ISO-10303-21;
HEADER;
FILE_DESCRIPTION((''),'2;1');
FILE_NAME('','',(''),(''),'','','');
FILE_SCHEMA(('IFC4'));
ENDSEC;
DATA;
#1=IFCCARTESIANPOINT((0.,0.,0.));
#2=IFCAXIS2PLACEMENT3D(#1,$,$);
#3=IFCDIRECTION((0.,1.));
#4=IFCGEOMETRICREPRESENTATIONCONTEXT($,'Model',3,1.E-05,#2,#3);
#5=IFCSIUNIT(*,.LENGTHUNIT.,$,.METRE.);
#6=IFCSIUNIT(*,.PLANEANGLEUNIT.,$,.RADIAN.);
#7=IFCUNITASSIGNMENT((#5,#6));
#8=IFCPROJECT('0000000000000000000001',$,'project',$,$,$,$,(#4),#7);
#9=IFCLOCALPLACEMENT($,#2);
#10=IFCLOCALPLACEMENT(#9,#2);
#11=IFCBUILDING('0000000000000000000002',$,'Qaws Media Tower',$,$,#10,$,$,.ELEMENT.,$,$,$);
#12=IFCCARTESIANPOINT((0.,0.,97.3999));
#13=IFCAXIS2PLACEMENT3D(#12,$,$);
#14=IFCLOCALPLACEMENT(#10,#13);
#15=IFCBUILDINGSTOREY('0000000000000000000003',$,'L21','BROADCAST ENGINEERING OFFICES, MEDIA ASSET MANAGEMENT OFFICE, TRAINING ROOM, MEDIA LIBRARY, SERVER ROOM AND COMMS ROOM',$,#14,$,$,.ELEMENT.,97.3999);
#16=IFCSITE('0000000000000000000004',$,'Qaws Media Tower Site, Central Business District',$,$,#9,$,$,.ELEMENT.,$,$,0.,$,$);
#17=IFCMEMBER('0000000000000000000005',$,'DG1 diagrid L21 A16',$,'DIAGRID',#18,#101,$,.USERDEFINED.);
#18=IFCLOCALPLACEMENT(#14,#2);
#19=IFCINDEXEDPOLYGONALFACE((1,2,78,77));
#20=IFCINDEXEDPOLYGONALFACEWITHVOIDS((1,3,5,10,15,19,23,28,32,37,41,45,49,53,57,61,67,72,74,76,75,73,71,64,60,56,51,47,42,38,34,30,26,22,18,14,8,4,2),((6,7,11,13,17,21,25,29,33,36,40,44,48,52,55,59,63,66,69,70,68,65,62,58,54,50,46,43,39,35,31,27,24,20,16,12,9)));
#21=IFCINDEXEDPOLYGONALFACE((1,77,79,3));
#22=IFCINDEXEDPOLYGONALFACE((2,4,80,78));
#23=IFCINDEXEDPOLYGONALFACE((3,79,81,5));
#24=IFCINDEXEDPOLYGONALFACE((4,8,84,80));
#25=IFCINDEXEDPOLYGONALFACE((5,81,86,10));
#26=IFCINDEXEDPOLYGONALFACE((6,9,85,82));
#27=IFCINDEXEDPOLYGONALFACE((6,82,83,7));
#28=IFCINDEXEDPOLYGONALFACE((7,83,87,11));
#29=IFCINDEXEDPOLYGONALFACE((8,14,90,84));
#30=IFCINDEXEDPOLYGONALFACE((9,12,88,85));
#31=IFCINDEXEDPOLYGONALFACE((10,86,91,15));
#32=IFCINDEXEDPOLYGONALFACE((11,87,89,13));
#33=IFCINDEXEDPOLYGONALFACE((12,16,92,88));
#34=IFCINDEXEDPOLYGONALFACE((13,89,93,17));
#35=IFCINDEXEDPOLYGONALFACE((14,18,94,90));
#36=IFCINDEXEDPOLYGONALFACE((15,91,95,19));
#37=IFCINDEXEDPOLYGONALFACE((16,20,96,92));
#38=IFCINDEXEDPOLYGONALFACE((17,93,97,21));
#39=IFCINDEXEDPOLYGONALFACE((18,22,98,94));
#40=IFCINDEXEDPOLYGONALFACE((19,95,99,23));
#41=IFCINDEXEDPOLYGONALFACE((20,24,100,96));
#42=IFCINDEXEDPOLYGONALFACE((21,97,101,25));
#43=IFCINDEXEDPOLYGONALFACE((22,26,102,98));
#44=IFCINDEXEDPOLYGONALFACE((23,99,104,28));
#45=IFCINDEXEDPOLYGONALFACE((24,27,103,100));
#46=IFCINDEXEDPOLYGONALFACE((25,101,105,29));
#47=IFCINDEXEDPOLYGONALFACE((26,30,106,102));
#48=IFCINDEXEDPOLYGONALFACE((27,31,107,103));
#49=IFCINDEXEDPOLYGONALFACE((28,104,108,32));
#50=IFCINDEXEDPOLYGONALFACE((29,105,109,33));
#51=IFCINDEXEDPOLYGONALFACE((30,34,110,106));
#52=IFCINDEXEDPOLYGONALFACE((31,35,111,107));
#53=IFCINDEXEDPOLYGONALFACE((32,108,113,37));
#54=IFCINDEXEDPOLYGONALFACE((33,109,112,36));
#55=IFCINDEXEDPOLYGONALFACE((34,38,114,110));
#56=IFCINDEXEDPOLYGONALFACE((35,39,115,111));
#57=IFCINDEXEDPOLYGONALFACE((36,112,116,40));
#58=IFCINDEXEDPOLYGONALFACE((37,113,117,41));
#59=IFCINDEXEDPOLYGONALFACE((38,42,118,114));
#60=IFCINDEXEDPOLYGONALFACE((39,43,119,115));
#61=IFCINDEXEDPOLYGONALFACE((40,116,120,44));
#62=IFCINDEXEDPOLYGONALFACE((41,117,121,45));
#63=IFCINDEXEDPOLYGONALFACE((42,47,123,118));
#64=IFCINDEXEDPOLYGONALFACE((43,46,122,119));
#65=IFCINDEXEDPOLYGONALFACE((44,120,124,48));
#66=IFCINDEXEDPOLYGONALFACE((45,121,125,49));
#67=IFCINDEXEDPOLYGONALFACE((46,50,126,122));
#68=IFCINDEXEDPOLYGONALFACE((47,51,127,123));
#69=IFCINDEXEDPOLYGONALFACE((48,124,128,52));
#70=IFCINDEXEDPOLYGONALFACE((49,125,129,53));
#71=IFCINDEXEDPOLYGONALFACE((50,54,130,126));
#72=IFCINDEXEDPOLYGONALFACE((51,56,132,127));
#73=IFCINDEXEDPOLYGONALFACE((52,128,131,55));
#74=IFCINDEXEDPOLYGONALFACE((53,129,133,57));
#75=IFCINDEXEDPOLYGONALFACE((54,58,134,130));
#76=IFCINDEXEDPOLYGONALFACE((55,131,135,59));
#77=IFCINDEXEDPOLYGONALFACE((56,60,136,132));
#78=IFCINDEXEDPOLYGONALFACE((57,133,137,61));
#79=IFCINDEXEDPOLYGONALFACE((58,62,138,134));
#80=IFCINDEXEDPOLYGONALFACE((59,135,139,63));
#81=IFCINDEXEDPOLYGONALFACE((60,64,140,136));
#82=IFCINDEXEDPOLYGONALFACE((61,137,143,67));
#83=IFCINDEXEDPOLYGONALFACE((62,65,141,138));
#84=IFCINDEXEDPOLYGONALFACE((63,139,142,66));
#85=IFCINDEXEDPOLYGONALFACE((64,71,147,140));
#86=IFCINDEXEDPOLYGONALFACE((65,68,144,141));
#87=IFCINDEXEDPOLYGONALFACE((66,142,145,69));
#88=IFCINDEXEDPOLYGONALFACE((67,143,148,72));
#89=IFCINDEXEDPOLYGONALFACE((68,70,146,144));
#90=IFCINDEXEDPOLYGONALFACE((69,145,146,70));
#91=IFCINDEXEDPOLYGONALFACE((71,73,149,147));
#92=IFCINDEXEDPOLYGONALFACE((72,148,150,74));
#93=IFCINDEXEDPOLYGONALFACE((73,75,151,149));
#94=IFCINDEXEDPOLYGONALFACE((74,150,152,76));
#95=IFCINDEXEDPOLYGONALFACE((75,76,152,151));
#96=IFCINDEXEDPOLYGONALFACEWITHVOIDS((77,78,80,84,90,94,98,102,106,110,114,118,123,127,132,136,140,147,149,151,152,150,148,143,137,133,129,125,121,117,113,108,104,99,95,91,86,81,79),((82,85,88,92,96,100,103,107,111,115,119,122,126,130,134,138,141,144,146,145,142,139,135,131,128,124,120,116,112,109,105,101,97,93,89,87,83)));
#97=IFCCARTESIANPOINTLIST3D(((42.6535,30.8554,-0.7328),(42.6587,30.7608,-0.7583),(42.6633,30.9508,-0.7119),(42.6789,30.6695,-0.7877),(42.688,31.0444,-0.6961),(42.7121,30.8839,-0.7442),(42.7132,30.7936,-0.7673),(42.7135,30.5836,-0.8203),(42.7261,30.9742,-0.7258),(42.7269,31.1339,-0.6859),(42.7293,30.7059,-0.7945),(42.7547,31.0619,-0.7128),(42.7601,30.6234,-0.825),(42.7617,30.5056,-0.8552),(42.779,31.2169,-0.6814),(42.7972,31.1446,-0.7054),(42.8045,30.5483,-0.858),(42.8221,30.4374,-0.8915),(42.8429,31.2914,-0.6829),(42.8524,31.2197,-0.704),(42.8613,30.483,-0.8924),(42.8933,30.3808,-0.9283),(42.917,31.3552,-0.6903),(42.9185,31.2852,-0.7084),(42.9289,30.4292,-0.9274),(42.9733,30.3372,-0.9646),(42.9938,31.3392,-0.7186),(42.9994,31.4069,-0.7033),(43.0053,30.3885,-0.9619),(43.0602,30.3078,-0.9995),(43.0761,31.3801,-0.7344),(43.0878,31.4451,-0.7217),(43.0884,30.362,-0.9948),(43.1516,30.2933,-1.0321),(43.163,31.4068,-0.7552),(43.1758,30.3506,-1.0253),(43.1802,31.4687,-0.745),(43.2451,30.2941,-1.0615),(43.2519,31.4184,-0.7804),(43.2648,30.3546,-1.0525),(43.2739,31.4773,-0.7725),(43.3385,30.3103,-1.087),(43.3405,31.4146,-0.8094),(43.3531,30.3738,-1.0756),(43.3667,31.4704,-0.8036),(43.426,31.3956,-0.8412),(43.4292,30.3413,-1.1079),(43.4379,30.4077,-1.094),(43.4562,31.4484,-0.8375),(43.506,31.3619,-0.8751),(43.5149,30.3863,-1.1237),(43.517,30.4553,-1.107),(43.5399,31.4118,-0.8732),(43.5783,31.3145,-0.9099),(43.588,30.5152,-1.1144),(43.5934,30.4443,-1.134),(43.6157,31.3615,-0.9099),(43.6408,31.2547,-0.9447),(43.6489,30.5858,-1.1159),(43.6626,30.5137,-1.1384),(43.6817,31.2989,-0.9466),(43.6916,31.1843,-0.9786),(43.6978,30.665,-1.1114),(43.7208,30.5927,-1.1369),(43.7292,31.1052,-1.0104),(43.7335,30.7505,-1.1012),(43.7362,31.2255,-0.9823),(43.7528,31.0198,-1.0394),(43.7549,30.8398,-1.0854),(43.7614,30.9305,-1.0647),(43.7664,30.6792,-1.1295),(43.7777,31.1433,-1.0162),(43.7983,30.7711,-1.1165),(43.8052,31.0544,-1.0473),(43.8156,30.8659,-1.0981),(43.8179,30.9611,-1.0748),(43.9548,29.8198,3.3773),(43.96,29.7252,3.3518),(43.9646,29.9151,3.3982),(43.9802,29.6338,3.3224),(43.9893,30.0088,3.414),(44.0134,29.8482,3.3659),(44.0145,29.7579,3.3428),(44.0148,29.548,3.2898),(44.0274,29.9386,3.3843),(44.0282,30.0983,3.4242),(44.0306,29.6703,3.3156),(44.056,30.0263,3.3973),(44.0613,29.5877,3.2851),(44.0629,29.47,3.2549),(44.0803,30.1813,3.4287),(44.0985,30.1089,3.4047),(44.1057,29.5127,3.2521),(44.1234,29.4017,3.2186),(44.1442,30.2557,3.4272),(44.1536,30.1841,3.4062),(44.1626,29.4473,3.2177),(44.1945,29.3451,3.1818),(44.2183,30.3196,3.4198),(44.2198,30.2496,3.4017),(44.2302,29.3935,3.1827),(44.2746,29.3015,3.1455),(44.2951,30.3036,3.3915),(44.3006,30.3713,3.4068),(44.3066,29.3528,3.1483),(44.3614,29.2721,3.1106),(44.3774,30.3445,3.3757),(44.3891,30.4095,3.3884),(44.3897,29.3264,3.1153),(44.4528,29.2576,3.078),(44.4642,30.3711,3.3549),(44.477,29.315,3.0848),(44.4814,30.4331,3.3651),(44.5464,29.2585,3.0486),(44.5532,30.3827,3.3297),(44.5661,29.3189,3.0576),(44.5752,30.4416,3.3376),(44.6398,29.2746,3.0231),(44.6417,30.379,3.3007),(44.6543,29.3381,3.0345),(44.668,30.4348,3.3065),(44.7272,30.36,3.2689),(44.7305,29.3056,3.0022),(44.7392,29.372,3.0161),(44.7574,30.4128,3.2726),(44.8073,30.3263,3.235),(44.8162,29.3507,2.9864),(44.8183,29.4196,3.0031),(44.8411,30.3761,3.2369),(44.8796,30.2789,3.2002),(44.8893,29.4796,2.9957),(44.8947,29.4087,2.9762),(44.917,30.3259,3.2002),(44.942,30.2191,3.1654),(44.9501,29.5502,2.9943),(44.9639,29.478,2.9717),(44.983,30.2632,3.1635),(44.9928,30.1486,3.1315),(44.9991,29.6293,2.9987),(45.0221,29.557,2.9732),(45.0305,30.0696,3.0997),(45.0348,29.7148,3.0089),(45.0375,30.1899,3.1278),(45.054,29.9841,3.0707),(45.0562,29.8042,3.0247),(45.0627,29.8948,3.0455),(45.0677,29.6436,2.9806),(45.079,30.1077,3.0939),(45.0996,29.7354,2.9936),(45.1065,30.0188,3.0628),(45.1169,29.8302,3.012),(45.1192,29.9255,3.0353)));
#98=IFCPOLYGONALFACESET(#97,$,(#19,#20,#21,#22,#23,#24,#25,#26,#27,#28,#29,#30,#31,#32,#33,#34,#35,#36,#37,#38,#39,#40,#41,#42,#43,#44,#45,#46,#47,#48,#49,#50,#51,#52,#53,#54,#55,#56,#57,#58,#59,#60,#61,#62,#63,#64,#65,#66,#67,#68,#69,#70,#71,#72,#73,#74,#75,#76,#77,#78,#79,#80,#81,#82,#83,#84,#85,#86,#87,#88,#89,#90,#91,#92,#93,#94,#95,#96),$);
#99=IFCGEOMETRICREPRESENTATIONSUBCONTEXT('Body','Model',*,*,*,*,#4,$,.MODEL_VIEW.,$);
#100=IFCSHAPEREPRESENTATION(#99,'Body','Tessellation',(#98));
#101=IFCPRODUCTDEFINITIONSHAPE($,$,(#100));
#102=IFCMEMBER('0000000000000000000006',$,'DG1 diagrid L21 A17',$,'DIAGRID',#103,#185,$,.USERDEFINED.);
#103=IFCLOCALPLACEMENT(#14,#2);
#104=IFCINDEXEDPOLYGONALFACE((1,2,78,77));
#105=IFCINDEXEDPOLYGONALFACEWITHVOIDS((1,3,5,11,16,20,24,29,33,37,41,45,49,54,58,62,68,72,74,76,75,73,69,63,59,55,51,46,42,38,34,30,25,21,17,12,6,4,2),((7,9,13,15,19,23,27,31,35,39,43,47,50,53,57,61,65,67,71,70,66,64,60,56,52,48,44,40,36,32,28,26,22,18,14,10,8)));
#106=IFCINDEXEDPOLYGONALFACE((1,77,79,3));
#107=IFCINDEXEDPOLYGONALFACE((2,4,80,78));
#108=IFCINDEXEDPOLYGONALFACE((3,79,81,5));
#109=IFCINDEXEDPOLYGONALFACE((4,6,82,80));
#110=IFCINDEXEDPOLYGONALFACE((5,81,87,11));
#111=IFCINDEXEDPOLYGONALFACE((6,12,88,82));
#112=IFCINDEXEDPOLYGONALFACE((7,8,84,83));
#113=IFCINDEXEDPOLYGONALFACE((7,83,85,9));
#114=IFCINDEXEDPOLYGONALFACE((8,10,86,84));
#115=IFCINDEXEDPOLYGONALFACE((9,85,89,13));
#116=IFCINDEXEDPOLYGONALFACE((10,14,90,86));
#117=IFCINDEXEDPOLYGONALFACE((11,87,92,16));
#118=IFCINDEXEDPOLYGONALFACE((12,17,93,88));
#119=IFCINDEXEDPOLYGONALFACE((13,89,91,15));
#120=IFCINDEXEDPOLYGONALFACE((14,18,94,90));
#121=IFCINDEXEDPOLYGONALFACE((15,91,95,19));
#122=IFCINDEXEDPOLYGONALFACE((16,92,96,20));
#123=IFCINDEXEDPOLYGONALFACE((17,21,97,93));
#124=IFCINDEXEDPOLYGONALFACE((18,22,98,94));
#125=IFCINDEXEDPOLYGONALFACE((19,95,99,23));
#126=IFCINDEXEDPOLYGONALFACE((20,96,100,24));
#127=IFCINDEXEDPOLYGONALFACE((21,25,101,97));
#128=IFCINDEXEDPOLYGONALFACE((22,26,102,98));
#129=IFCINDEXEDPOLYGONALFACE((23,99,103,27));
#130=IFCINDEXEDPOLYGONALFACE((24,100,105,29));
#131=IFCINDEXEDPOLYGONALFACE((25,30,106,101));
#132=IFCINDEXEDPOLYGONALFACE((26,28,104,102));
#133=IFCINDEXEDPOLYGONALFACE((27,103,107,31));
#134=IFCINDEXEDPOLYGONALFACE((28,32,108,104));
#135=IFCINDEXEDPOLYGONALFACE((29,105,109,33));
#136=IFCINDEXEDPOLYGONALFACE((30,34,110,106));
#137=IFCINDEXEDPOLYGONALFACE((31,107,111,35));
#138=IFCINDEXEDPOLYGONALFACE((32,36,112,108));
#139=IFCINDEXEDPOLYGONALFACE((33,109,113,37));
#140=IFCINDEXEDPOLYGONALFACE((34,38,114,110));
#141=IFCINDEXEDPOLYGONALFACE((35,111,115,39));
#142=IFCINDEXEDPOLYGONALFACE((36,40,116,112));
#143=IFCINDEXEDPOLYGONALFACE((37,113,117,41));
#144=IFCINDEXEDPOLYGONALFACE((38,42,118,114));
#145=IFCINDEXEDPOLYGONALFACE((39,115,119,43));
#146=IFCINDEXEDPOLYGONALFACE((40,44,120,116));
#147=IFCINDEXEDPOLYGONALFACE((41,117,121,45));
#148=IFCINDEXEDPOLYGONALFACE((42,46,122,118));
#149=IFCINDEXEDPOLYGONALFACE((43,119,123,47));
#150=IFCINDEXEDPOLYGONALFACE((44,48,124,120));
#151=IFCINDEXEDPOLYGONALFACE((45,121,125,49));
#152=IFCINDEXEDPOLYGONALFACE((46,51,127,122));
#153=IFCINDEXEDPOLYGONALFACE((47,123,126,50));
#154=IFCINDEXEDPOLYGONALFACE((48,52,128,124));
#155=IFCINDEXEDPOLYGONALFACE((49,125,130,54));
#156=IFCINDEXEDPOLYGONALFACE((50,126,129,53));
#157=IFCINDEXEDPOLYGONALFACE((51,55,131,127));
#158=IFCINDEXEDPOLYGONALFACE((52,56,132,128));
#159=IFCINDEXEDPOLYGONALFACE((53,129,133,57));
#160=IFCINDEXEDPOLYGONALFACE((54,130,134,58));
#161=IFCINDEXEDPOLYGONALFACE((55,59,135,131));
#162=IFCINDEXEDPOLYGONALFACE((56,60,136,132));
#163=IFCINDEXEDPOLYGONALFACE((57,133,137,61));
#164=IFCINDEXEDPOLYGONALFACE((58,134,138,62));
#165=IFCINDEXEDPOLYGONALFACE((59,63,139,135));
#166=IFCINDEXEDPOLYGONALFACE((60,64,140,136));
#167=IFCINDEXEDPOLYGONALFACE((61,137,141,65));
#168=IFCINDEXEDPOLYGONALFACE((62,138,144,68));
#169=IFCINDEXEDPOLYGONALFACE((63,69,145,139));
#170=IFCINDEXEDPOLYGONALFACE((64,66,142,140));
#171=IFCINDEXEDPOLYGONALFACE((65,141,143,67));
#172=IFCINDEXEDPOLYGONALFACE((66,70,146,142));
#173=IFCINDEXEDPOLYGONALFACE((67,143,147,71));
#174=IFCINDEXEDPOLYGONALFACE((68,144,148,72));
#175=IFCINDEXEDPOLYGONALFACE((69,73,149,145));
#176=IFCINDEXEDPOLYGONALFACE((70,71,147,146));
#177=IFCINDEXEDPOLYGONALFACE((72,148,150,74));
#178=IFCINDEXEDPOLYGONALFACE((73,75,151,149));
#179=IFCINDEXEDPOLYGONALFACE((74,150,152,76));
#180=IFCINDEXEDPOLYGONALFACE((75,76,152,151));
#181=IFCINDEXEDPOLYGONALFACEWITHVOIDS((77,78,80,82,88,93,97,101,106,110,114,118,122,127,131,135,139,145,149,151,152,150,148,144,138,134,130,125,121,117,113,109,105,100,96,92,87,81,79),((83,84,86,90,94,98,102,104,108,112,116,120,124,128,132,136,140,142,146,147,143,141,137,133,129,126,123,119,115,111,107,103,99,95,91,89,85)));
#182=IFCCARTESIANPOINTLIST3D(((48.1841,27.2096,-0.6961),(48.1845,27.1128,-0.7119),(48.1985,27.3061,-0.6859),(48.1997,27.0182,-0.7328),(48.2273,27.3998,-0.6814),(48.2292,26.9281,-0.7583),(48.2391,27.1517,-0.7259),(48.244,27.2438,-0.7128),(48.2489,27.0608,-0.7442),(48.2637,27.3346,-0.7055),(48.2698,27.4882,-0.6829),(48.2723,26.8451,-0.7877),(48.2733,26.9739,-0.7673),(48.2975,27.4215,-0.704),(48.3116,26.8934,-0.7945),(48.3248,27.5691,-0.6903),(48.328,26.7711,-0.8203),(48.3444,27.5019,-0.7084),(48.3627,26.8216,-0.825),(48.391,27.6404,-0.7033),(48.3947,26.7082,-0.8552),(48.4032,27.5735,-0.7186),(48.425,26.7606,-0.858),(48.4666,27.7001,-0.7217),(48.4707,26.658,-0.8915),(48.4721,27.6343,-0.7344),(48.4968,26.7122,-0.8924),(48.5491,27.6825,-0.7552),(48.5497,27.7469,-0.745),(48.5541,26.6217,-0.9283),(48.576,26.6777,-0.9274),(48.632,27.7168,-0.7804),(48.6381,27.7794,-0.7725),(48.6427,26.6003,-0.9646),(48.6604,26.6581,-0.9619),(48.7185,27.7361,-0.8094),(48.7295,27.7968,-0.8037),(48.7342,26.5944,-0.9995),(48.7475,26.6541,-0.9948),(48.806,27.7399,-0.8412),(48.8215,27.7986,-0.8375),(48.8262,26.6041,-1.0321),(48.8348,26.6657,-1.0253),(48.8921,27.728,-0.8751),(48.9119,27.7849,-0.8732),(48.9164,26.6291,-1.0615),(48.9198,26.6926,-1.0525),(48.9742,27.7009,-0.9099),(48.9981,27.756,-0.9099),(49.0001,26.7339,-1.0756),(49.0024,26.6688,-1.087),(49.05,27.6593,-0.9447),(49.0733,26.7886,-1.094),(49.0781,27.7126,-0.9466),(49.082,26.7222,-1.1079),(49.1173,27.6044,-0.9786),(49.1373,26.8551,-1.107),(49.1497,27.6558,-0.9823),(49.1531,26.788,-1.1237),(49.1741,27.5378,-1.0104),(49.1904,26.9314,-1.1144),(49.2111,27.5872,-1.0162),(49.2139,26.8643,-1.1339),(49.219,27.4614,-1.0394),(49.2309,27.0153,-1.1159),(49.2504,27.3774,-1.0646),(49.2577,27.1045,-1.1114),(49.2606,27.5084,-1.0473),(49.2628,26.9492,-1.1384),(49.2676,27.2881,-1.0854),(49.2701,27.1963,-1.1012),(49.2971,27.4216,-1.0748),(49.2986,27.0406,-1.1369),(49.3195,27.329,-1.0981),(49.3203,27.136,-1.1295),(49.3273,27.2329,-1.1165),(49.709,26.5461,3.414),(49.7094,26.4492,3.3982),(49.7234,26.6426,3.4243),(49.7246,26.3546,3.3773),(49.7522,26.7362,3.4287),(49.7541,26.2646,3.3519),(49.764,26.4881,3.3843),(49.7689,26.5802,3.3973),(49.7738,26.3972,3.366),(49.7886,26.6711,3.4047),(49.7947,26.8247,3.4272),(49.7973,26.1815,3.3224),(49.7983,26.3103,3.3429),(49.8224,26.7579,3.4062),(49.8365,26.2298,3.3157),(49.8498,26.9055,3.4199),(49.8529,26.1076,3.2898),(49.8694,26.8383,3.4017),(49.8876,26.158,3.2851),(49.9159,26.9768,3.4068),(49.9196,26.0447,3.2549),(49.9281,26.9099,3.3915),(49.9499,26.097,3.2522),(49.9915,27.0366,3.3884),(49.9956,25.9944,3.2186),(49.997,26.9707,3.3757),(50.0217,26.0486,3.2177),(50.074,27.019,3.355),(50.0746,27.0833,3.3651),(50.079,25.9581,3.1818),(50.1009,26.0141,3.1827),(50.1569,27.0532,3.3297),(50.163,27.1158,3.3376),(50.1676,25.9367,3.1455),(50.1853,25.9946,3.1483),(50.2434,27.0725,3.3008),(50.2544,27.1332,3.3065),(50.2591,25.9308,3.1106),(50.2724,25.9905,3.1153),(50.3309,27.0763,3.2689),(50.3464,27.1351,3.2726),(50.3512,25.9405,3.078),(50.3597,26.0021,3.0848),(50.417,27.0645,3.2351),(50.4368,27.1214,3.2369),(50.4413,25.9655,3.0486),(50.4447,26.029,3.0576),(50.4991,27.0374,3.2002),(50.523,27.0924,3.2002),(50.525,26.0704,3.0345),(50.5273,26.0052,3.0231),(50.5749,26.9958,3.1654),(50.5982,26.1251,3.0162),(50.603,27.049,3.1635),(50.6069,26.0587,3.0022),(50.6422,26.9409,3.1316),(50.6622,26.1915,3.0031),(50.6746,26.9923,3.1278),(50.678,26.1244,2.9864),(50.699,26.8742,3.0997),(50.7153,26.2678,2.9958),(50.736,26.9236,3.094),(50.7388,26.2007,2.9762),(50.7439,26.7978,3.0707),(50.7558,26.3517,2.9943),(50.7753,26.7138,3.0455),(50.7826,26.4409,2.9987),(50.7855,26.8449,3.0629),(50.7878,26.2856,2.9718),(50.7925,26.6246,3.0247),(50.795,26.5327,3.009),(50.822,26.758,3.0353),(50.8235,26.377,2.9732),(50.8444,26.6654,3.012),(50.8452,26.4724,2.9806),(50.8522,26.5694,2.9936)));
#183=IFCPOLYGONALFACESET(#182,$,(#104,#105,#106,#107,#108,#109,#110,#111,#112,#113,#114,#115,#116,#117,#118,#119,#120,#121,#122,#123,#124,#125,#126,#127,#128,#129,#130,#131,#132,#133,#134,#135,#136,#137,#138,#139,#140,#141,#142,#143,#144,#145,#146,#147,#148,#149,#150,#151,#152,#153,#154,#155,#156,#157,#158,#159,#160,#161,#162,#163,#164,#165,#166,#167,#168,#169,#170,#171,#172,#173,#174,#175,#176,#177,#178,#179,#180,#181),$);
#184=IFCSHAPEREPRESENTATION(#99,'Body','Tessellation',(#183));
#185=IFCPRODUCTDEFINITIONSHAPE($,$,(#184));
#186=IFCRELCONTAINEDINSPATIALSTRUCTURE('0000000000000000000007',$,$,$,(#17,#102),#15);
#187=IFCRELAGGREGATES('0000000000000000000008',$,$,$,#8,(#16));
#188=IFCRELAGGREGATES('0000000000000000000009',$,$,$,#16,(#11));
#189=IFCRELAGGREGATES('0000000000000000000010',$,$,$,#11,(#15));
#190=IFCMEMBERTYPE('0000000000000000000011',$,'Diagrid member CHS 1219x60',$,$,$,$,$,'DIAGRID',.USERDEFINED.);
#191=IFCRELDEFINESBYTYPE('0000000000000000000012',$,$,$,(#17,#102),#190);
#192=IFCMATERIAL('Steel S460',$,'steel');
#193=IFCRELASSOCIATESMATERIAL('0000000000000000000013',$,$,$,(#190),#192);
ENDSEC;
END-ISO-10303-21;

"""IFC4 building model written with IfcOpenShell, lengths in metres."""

from ifc_helpers import new_model, si_unit, direction, frame, origin, origin_2d, place, context, subcontext, project, spatial, hollow_circle, extrude, material, material_profile, profile_set, type_object, element, save


model = new_model("IFC4")

# Units and contexts
model_context = context("Model", 3, precision=1e-05, world=origin(), true_north=direction((0.0, 1.0)))
body_context = subcontext(model_context, "Body", "Model", "MODEL_VIEW")
ifc_project = project(units=[si_unit("LENGTHUNIT", "METRE"), si_unit("PLANEANGLEUNIT", "RADIAN")], contexts=[model_context])

# Site, building, storey
site_placement = place(None, origin())
site = spatial("IfcSite", under=ifc_project, at=site_placement, Name="Qaws Media Tower Site, Central Business District", CompositionType="ELEMENT", RefElevation=0.0)
building_placement = place(site_placement, origin())
building = spatial("IfcBuilding", under=site, at=building_placement, Name="Qaws Media Tower", CompositionType="ELEMENT")
storey_placement = place(building_placement, frame((0.0, 0.0, 97.3999)))
storey = spatial("IfcBuildingStorey", under=building, at=storey_placement, Name="L21", Description="BROADCAST ENGINEERING OFFICES, MEDIA ASSET MANAGEMENT OFFICE, TRAINING ROOM, MEDIA LIBRARY, SERVER ROOM AND COMMS ROOM", CompositionType="ELEMENT", Elevation=97.3999)

# Members
ifc_material_1 = material(Name="Steel S460", Category="steel")
ifc_material_profile_1 = material_profile(ifc_material_1, hollow_circle(Radius=0.6096, WallThickness=0.0601, at=origin_2d()), Name="CHS 1219x60")
ifc_profile_set_1 = profile_set([ifc_material_profile_1], Name="Steel S460")
member_type_1 = type_object("IfcMemberType", Name="Diagrid member CHS 1219x60", ElementType="DIAGRID", PredefinedType="USERDEFINED", material=ifc_profile_set_1)
for number, where, z_axis, x_axis, name in (
    (1, (43.2361, 30.8845, -0.9099), (0.293487, -0.233578, 0.926988), (0.622724, 0.782442, 0.0), "DG1 diagrid L21 A16"),
    (2, (48.7549, 27.197, -0.9099), (0.343926, -0.149662, 0.926993), (0.399016, 0.916944, 0.0), "DG1 diagrid L21 A17"),
):
    element("IfcMember", number, at=place(storey_placement, frame(where, z_axis=z_axis, x_axis=x_axis)), inside=storey, type_object=member_type_1, Name=name, ObjectType="DIAGRID", PredefinedType="USERDEFINED", context=body_context, shape_type="SweptSolid", body=[
        extrude(hollow_circle(Radius=0.6096, WallThickness=0.0601, at=origin_2d()), origin(), (0.0, 0.0, 1.0), 4.4338),
    ])

save(model, "model.ifc")
